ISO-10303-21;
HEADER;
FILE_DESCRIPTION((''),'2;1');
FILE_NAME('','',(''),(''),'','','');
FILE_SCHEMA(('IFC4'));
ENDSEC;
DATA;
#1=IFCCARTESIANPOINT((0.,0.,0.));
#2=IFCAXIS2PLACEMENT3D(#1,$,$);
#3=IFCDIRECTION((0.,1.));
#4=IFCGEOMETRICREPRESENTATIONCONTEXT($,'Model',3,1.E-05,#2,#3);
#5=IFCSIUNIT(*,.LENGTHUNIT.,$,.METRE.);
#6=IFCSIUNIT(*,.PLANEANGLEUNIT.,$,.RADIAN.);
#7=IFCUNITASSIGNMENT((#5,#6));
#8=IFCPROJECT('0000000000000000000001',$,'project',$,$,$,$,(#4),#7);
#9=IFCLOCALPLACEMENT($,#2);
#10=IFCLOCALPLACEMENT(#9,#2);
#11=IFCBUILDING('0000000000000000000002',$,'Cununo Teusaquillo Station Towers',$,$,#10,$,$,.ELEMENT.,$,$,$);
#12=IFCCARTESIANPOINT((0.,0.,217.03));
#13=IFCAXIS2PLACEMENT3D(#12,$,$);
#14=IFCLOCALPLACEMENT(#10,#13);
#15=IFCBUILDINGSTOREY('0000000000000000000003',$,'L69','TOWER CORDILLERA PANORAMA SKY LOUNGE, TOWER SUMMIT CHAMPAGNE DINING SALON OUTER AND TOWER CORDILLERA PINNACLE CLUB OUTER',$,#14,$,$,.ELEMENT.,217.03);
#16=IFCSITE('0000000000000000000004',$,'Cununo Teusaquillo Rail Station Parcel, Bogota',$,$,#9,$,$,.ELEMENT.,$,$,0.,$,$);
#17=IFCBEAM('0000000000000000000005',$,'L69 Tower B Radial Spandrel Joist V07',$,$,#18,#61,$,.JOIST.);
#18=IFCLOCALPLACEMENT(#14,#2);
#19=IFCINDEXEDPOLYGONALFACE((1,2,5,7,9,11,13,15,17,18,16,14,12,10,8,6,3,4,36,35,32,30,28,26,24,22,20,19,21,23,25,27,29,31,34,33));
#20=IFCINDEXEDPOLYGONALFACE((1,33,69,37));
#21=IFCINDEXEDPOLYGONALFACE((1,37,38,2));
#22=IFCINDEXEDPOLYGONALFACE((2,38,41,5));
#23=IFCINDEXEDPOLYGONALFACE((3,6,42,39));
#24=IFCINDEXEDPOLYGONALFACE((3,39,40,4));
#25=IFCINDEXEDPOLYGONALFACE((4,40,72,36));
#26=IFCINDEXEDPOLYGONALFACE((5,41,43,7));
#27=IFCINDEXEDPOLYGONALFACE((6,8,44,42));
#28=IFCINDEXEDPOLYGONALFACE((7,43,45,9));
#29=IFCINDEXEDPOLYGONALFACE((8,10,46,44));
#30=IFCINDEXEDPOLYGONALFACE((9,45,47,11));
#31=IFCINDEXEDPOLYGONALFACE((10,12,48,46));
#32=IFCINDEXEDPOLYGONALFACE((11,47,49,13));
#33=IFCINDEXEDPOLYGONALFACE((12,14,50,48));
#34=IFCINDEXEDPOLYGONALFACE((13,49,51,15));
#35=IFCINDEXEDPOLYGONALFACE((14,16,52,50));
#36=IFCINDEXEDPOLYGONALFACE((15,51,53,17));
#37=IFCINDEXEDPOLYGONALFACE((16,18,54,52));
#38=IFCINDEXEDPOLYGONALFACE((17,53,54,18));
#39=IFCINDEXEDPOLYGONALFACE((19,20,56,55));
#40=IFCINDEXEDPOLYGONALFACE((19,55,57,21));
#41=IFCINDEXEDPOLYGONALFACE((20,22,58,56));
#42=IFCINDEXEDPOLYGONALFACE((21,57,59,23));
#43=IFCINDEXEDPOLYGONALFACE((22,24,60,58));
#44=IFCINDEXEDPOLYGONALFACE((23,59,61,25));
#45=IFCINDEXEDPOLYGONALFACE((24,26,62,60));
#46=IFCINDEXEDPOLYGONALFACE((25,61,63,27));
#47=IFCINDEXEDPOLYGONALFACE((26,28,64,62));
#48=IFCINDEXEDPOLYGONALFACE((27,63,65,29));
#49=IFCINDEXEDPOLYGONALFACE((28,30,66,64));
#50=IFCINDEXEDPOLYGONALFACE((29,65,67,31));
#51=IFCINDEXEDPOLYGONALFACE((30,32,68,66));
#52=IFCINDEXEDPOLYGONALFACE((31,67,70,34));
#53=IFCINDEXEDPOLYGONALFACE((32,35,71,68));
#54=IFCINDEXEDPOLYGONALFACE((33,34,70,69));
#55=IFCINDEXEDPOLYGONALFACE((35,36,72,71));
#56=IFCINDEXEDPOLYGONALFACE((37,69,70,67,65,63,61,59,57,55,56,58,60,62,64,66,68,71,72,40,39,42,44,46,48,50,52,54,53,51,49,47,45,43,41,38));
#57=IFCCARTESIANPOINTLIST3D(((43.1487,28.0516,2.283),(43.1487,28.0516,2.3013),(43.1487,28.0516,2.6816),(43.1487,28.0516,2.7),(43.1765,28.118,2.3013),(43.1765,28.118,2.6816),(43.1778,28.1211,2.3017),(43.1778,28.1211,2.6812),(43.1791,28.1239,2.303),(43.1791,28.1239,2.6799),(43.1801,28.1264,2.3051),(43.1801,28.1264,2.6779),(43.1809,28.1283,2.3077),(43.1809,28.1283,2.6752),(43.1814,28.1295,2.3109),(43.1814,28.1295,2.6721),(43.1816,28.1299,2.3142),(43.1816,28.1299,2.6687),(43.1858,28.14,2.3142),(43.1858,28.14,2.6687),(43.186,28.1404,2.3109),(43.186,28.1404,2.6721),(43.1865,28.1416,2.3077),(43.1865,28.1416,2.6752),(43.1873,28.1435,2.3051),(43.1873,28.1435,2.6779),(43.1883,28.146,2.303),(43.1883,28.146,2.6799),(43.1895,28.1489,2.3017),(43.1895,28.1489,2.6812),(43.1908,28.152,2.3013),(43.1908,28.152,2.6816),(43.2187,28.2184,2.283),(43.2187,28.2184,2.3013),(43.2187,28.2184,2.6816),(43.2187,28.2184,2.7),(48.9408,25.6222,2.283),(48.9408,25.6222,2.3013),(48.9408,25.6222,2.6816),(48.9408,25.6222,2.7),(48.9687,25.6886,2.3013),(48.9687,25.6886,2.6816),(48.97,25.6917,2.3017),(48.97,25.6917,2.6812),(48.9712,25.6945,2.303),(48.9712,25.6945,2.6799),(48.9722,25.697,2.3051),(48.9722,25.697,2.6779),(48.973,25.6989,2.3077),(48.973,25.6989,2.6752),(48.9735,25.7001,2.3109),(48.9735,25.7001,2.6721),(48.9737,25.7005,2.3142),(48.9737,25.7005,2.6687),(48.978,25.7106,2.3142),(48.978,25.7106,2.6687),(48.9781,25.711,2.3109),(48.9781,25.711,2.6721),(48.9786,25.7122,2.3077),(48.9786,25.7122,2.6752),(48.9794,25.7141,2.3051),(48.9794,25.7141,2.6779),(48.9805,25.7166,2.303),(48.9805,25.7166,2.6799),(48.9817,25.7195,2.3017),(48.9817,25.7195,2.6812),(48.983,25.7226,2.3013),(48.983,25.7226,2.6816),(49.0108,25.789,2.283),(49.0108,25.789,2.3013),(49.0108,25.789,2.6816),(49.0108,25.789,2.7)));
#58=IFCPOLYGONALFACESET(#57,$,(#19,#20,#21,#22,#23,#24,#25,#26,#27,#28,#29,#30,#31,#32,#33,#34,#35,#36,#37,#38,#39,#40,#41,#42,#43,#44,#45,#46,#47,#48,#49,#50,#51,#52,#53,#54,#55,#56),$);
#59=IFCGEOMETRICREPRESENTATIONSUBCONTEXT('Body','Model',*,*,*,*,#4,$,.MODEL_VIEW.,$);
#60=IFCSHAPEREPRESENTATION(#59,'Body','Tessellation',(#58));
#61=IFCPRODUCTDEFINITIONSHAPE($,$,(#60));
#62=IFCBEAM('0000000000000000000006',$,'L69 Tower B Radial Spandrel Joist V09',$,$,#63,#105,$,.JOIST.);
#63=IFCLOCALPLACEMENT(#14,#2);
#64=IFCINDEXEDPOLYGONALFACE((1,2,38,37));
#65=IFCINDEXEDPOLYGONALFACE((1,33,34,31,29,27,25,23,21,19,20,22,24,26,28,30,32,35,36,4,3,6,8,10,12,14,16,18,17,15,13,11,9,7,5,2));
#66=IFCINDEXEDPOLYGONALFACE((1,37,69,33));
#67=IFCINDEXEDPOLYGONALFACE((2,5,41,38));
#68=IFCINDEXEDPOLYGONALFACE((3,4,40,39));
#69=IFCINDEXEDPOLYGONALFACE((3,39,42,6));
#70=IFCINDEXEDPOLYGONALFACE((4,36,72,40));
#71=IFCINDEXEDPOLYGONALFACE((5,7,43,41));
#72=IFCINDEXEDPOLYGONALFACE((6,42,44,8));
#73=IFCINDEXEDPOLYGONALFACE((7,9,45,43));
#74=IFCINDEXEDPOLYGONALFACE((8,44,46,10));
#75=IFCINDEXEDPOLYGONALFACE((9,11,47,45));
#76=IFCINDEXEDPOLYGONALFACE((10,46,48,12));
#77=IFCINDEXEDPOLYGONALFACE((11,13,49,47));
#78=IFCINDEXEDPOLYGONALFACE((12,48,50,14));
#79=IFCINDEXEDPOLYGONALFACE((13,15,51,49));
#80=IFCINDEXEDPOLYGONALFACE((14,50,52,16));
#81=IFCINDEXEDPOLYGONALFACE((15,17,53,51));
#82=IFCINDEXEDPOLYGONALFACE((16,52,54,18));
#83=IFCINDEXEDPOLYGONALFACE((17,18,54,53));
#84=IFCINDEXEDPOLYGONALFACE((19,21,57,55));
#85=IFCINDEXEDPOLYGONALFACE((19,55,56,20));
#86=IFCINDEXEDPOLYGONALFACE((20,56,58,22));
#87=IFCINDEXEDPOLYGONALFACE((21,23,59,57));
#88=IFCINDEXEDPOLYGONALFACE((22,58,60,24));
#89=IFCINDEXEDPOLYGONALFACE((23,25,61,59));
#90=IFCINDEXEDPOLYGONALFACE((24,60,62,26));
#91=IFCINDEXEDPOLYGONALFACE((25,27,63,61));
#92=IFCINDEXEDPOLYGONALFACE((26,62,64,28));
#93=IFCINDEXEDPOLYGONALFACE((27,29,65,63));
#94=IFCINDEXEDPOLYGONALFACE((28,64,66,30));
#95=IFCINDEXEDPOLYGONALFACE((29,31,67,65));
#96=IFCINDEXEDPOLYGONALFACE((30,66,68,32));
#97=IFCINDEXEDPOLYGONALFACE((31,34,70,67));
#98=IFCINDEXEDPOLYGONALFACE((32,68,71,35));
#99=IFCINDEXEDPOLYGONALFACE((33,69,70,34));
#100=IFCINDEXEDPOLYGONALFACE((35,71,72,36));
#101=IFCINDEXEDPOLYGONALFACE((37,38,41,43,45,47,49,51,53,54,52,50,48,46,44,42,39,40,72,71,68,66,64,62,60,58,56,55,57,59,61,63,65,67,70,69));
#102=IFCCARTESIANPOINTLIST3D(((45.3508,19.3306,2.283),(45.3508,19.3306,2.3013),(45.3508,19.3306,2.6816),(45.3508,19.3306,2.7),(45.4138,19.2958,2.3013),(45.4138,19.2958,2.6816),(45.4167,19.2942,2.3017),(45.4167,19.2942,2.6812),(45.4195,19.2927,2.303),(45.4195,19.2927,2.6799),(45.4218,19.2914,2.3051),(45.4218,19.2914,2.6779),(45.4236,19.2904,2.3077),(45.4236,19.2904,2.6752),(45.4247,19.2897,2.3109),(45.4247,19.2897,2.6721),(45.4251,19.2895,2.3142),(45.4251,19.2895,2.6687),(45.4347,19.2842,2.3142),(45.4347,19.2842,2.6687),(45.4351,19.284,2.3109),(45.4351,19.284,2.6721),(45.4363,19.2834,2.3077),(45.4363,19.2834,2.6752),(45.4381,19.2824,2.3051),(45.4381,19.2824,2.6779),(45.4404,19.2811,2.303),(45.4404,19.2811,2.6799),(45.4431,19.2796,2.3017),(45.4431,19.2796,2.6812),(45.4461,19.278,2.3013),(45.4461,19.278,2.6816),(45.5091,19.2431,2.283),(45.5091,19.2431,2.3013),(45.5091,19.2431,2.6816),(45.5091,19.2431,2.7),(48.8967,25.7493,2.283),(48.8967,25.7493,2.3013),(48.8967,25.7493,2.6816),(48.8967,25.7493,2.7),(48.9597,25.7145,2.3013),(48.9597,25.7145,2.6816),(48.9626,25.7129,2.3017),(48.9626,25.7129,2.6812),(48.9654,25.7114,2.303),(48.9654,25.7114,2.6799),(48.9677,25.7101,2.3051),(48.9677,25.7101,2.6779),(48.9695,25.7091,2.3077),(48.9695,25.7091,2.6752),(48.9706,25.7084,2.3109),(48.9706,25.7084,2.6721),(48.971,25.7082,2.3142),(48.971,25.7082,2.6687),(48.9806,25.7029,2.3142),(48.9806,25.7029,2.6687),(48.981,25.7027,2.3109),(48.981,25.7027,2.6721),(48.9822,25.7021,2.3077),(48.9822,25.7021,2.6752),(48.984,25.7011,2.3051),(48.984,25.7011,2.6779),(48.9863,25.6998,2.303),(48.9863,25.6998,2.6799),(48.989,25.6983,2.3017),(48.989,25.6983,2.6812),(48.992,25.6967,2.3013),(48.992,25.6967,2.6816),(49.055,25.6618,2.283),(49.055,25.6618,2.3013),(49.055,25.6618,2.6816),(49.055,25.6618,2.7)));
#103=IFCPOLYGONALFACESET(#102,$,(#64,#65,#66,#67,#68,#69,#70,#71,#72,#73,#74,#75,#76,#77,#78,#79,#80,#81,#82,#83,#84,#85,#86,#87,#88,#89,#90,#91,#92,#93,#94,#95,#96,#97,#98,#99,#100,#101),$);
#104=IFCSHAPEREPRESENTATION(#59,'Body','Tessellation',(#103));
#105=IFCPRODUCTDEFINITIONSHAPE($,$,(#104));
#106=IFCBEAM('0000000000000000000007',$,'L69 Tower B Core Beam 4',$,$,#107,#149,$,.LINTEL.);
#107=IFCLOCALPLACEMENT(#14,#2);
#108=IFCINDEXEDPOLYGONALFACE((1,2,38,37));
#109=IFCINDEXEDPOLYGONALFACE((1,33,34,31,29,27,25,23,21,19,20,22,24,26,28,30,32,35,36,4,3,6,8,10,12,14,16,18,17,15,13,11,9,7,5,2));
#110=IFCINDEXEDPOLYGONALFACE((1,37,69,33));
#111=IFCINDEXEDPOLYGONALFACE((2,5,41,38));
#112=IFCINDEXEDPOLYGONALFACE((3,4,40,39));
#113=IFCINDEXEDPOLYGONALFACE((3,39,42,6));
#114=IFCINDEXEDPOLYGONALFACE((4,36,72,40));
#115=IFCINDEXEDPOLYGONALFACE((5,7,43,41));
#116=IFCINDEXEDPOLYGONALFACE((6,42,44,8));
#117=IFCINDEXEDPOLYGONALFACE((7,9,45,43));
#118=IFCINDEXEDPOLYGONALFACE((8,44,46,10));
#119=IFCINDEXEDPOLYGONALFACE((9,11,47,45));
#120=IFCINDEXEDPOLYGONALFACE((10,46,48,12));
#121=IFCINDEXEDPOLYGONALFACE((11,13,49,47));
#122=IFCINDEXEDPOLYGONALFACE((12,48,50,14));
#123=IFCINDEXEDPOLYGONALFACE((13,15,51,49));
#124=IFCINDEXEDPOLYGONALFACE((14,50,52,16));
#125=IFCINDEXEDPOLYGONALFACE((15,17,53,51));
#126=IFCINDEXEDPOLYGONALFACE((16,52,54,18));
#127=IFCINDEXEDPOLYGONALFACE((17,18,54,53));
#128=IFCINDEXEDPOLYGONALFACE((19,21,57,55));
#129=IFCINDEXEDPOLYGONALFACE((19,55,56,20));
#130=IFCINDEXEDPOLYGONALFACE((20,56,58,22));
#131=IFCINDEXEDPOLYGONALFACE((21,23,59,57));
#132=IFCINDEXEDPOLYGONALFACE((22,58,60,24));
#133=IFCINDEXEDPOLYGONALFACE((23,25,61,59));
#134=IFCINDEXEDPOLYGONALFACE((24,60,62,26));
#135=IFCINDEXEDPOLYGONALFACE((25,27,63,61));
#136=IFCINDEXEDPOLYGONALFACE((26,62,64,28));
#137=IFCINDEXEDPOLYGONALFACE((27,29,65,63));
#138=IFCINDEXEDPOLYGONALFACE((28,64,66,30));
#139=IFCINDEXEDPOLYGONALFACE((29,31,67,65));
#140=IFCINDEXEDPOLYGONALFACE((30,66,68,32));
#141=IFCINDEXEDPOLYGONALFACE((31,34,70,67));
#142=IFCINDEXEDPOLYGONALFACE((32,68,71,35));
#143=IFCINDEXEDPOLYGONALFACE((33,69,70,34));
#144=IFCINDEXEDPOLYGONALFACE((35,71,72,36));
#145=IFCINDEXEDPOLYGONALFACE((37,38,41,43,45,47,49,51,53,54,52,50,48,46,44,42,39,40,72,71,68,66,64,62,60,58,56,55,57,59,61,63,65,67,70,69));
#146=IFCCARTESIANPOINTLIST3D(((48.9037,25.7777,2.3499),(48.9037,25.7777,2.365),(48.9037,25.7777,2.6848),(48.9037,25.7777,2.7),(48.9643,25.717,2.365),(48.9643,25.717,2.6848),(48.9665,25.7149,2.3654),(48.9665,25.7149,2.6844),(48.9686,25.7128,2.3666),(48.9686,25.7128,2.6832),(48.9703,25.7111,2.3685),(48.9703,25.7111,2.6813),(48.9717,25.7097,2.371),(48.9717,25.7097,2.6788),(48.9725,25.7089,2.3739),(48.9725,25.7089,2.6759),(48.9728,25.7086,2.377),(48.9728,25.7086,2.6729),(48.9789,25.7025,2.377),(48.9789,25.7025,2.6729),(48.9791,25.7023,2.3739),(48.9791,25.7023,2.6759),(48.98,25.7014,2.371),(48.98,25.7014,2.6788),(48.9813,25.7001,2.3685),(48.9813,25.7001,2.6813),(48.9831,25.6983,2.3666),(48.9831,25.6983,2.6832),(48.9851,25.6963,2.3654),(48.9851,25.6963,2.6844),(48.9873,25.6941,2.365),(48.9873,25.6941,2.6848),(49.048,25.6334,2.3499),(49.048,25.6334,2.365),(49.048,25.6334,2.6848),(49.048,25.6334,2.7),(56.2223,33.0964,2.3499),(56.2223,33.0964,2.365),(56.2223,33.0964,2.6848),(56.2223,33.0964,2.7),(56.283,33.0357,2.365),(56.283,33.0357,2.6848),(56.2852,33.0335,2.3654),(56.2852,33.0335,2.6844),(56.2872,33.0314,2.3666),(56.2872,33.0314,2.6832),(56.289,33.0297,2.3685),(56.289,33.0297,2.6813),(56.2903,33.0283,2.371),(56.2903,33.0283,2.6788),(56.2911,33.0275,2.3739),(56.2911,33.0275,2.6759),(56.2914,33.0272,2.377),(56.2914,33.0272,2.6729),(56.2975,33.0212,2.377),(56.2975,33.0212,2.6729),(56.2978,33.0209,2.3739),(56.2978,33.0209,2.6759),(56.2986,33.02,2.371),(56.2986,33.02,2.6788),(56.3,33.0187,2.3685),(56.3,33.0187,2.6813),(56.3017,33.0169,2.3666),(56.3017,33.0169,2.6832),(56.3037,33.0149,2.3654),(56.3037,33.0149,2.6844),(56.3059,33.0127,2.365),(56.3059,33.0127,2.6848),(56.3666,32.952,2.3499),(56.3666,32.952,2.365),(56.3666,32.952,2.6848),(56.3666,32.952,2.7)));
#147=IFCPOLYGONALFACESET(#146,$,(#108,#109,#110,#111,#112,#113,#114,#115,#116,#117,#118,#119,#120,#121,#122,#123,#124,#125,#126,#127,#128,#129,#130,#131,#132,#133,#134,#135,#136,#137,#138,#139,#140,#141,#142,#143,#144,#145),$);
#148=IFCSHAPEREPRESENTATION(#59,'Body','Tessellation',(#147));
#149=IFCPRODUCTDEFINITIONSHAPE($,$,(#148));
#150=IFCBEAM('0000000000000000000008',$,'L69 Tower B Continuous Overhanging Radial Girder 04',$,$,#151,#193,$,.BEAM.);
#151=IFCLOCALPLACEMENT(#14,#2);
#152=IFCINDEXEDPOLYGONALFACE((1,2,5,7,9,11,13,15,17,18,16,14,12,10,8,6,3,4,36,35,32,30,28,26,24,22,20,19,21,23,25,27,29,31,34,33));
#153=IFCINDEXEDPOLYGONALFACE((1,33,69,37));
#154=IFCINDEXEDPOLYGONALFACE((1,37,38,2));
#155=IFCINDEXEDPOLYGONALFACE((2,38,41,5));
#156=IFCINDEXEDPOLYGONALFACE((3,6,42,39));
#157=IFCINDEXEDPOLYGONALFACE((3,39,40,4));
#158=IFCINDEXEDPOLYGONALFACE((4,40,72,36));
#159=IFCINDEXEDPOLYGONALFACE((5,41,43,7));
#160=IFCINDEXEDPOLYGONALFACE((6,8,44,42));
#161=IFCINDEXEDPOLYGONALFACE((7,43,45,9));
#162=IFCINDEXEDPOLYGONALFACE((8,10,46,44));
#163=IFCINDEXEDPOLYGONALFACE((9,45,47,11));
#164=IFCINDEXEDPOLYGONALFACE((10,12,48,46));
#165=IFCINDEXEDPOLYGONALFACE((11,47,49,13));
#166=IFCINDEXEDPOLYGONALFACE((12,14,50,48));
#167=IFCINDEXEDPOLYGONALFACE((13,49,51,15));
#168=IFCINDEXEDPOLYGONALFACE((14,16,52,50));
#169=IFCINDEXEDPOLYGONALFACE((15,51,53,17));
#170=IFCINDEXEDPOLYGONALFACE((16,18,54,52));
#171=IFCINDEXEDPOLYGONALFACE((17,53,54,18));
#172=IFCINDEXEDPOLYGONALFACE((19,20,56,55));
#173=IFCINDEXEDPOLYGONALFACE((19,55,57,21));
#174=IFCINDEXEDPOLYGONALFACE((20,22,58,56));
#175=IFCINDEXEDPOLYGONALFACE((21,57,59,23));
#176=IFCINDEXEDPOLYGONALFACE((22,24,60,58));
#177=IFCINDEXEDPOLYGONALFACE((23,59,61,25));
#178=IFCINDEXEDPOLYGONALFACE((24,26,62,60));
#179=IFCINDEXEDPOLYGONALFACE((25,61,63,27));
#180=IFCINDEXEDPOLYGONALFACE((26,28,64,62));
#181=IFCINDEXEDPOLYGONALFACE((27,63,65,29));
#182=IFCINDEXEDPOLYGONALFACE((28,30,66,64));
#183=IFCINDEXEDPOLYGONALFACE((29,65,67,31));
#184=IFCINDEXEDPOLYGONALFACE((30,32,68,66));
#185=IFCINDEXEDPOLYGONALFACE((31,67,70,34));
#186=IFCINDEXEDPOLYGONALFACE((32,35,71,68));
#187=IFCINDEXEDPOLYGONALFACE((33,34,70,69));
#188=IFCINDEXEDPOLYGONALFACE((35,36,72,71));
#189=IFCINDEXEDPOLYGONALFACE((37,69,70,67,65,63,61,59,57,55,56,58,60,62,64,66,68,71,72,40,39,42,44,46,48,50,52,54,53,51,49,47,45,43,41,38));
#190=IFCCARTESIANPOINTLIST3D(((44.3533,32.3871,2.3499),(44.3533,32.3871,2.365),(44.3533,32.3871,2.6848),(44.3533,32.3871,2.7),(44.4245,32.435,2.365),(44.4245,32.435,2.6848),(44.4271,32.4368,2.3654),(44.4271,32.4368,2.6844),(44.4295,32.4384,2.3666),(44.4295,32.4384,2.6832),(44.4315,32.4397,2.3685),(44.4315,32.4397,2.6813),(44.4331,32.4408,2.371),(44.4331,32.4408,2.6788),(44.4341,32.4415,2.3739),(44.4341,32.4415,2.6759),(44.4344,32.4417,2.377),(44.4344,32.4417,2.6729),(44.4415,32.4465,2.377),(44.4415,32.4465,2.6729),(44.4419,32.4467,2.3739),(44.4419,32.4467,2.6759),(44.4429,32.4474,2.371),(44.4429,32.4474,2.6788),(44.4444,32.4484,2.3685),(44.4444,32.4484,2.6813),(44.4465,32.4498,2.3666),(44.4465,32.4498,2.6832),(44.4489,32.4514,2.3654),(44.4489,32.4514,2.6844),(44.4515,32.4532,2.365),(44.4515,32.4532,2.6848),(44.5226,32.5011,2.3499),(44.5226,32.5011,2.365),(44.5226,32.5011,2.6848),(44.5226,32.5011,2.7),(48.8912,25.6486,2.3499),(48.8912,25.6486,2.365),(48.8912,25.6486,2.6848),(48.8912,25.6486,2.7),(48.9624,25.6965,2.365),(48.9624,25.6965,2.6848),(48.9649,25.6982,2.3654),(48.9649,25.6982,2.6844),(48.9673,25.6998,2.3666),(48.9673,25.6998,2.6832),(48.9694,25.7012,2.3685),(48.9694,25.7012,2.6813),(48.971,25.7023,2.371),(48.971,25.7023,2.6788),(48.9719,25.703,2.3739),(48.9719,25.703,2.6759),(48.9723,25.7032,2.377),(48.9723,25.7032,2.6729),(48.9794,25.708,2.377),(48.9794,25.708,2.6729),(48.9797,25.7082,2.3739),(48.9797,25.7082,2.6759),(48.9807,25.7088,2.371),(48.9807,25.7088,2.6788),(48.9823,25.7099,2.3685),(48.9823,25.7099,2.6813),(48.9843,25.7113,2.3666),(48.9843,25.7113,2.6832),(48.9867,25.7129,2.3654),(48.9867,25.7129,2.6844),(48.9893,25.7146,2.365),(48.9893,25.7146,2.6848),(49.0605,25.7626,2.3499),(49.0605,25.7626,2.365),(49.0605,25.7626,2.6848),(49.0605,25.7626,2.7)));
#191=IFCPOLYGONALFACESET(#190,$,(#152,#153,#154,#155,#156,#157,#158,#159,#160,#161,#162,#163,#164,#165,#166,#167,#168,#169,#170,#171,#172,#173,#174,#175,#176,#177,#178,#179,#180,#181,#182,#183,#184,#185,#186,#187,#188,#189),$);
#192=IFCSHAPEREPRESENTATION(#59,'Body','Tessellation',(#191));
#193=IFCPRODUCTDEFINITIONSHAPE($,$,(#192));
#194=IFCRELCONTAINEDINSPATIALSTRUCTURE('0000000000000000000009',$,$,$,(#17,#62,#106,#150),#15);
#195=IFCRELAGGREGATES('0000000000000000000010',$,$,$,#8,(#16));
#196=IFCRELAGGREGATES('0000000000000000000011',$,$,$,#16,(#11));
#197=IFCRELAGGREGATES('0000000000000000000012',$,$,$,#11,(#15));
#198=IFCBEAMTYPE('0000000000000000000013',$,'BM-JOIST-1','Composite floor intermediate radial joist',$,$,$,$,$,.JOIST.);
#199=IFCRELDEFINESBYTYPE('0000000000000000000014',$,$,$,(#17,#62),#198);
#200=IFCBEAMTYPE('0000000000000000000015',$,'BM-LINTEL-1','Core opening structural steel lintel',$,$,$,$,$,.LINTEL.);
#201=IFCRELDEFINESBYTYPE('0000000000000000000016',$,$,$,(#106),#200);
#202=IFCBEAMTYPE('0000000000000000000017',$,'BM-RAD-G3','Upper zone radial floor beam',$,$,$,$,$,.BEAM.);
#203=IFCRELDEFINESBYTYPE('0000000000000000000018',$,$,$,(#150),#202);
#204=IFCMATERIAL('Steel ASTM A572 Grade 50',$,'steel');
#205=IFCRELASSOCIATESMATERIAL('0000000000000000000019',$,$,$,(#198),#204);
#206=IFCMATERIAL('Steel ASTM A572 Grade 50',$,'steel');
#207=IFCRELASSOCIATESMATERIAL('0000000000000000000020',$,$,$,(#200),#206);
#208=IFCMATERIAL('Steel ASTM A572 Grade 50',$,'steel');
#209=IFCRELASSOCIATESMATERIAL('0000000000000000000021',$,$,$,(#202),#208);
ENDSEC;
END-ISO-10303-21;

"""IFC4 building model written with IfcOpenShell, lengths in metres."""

from ifc_helpers import new_model, si_unit, direction, frame, origin, origin_2d, place, context, subcontext, project, spatial, i_section, extrude, material, material_profile, profile_set, type_object, element, save


model = new_model("IFC4")

# Units and contexts
model_context = context("Model", 3, precision=1e-05, world=origin(), true_north=direction((0.0, 1.0)))
body_context = subcontext(model_context, "Body", "Model", "MODEL_VIEW")
ifc_project = project(units=[si_unit("LENGTHUNIT", "METRE"), si_unit("PLANEANGLEUNIT", "RADIAN")], contexts=[model_context])

# Site, building, storey
site_placement = place(None, origin())
site = spatial("IfcSite", under=ifc_project, at=site_placement, Name="Cununo Teusaquillo Rail Station Parcel, Bogota", CompositionType="ELEMENT", RefElevation=0.0)
building_placement = place(site_placement, origin())
building = spatial("IfcBuilding", under=site, at=building_placement, Name="Cununo Teusaquillo Station Towers", CompositionType="ELEMENT")
storey_placement = place(building_placement, frame((0.0, 0.0, 217.03)))
storey = spatial("IfcBuildingStorey", under=building, at=storey_placement, Name="L69", Description="TOWER CORDILLERA PANORAMA SKY LOUNGE, TOWER SUMMIT CHAMPAGNE DINING SALON OUTER AND TOWER CORDILLERA PINNACLE CLUB OUTER", CompositionType="ELEMENT", Elevation=217.03)

# Beams
ifc_material_1 = material(Name="Steel ASTM A572 Grade 50", Category="steel")
ifc_material_profile_1 = material_profile(ifc_material_1, i_section(OverallWidth=0.1809, OverallDepth=0.417, WebThickness=0.011, FlangeThickness=0.0183, FilletRadius=0.0129, at=origin_2d()), Name="W16X57")
ifc_profile_set_1 = profile_set([ifc_material_profile_1], Name="Steel ASTM A572 Grade 50")
beam_type_1 = type_object("IfcBeamType", Name="BM-JOIST-1", Description="Composite floor intermediate radial joist", PredefinedType="JOIST", material=ifc_profile_set_1)
beam_1_placement = place(storey_placement, frame((48.9758, 25.7056, 2.4915), z_axis=(-0.922169, 0.386786, 0.0), x_axis=(-0.386786, -0.922169, 0.0)))
element("IfcBeam", 1, at=beam_1_placement, inside=storey, type_object=beam_type_1, Name="L69 Tower B Radial Spandrel Joist V07", PredefinedType="JOIST", context=body_context, shape_type="SweptSolid", body=[
    extrude(i_section(OverallWidth=0.1809, OverallDepth=0.417, WebThickness=0.011, FlangeThickness=0.0183, FilletRadius=0.0129, at=origin_2d()), origin(), (0.0, 0.0, 1.0), 6.281),
])
beam_2_placement = place(storey_placement, frame((48.9758, 25.7056, 2.4915), z_axis=(-0.483553, -0.875315, 0.0), x_axis=(0.875315, -0.483553, 0.0)))
element("IfcBeam", 2, at=beam_2_placement, inside=storey, type_object=beam_type_1, Name="L69 Tower B Radial Spandrel Joist V09", PredefinedType="JOIST", context=body_context, shape_type="SweptSolid", body=[
    extrude(i_section(OverallWidth=0.1809, OverallDepth=0.417, WebThickness=0.011, FlangeThickness=0.0183, FilletRadius=0.0129, at=origin_2d()), origin(), (0.0, 0.0, 1.0), 7.333),
])
ifc_material_2 = material(Name="Steel ASTM A572 Grade 50", Category="steel")
ifc_material_profile_2 = material_profile(ifc_material_2, i_section(OverallWidth=0.2041, OverallDepth=0.3501, WebThickness=0.0085, FlangeThickness=0.0151, FilletRadius=0.012, at=origin_2d()), Name="W14X48")
ifc_profile_set_2 = profile_set([ifc_material_profile_2], Name="Steel ASTM A572 Grade 50")
beam_type_2 = type_object("IfcBeamType", Name="BM-LINTEL-1", Description="Core opening structural steel lintel", PredefinedType="LINTEL", material=ifc_profile_set_2)
beam_3_placement = place(storey_placement, frame((48.9758, 25.7056, 2.5249), z_axis=(0.707107, 0.707107, 0.0), x_axis=(-0.707107, 0.707107, 0.0)))
element("IfcBeam", 3, at=beam_3_placement, inside=storey, type_object=beam_type_2, Name="L69 Tower B Core Beam 4", PredefinedType="LINTEL", context=body_context, shape_type="SweptSolid", body=[
    extrude(i_section(OverallWidth=0.2041, OverallDepth=0.3501, WebThickness=0.0085, FlangeThickness=0.0151, FilletRadius=0.012, at=origin_2d()), origin(), (0.0, 0.0, 1.0), 10.3501),
])
ifc_material_3 = material(Name="Steel ASTM A572 Grade 50", Category="steel")
ifc_material_profile_3 = material_profile(ifc_material_3, i_section(OverallWidth=0.2041, OverallDepth=0.3501, WebThickness=0.0085, FlangeThickness=0.0151, FilletRadius=0.012, at=origin_2d()), Name="W14X48")
ifc_profile_set_3 = profile_set([ifc_material_profile_3], Name="Steel ASTM A572 Grade 50")
beam_type_3 = type_object("IfcBeamType", Name="BM-RAD-G3", Description="Upper zone radial floor beam", PredefinedType="BEAM", material=ifc_profile_set_3)
beam_4_placement = place(storey_placement, frame((48.9758, 25.7056, 2.5249), z_axis=(-0.558571, 0.829457, 0.0), x_axis=(-0.829457, -0.558571, 0.0)))
element("IfcBeam", 4, at=beam_4_placement, inside=storey, type_object=beam_type_3, Name="L69 Tower B Continuous Overhanging Radial Girder 04", PredefinedType="BEAM", context=body_context, shape_type="SweptSolid", body=[
    extrude(i_section(OverallWidth=0.2041, OverallDepth=0.3501, WebThickness=0.0085, FlangeThickness=0.0151, FilletRadius=0.012, at=origin_2d()), origin(), (0.0, 0.0, 1.0), 8.124),
])

save(model, "model.ifc")
